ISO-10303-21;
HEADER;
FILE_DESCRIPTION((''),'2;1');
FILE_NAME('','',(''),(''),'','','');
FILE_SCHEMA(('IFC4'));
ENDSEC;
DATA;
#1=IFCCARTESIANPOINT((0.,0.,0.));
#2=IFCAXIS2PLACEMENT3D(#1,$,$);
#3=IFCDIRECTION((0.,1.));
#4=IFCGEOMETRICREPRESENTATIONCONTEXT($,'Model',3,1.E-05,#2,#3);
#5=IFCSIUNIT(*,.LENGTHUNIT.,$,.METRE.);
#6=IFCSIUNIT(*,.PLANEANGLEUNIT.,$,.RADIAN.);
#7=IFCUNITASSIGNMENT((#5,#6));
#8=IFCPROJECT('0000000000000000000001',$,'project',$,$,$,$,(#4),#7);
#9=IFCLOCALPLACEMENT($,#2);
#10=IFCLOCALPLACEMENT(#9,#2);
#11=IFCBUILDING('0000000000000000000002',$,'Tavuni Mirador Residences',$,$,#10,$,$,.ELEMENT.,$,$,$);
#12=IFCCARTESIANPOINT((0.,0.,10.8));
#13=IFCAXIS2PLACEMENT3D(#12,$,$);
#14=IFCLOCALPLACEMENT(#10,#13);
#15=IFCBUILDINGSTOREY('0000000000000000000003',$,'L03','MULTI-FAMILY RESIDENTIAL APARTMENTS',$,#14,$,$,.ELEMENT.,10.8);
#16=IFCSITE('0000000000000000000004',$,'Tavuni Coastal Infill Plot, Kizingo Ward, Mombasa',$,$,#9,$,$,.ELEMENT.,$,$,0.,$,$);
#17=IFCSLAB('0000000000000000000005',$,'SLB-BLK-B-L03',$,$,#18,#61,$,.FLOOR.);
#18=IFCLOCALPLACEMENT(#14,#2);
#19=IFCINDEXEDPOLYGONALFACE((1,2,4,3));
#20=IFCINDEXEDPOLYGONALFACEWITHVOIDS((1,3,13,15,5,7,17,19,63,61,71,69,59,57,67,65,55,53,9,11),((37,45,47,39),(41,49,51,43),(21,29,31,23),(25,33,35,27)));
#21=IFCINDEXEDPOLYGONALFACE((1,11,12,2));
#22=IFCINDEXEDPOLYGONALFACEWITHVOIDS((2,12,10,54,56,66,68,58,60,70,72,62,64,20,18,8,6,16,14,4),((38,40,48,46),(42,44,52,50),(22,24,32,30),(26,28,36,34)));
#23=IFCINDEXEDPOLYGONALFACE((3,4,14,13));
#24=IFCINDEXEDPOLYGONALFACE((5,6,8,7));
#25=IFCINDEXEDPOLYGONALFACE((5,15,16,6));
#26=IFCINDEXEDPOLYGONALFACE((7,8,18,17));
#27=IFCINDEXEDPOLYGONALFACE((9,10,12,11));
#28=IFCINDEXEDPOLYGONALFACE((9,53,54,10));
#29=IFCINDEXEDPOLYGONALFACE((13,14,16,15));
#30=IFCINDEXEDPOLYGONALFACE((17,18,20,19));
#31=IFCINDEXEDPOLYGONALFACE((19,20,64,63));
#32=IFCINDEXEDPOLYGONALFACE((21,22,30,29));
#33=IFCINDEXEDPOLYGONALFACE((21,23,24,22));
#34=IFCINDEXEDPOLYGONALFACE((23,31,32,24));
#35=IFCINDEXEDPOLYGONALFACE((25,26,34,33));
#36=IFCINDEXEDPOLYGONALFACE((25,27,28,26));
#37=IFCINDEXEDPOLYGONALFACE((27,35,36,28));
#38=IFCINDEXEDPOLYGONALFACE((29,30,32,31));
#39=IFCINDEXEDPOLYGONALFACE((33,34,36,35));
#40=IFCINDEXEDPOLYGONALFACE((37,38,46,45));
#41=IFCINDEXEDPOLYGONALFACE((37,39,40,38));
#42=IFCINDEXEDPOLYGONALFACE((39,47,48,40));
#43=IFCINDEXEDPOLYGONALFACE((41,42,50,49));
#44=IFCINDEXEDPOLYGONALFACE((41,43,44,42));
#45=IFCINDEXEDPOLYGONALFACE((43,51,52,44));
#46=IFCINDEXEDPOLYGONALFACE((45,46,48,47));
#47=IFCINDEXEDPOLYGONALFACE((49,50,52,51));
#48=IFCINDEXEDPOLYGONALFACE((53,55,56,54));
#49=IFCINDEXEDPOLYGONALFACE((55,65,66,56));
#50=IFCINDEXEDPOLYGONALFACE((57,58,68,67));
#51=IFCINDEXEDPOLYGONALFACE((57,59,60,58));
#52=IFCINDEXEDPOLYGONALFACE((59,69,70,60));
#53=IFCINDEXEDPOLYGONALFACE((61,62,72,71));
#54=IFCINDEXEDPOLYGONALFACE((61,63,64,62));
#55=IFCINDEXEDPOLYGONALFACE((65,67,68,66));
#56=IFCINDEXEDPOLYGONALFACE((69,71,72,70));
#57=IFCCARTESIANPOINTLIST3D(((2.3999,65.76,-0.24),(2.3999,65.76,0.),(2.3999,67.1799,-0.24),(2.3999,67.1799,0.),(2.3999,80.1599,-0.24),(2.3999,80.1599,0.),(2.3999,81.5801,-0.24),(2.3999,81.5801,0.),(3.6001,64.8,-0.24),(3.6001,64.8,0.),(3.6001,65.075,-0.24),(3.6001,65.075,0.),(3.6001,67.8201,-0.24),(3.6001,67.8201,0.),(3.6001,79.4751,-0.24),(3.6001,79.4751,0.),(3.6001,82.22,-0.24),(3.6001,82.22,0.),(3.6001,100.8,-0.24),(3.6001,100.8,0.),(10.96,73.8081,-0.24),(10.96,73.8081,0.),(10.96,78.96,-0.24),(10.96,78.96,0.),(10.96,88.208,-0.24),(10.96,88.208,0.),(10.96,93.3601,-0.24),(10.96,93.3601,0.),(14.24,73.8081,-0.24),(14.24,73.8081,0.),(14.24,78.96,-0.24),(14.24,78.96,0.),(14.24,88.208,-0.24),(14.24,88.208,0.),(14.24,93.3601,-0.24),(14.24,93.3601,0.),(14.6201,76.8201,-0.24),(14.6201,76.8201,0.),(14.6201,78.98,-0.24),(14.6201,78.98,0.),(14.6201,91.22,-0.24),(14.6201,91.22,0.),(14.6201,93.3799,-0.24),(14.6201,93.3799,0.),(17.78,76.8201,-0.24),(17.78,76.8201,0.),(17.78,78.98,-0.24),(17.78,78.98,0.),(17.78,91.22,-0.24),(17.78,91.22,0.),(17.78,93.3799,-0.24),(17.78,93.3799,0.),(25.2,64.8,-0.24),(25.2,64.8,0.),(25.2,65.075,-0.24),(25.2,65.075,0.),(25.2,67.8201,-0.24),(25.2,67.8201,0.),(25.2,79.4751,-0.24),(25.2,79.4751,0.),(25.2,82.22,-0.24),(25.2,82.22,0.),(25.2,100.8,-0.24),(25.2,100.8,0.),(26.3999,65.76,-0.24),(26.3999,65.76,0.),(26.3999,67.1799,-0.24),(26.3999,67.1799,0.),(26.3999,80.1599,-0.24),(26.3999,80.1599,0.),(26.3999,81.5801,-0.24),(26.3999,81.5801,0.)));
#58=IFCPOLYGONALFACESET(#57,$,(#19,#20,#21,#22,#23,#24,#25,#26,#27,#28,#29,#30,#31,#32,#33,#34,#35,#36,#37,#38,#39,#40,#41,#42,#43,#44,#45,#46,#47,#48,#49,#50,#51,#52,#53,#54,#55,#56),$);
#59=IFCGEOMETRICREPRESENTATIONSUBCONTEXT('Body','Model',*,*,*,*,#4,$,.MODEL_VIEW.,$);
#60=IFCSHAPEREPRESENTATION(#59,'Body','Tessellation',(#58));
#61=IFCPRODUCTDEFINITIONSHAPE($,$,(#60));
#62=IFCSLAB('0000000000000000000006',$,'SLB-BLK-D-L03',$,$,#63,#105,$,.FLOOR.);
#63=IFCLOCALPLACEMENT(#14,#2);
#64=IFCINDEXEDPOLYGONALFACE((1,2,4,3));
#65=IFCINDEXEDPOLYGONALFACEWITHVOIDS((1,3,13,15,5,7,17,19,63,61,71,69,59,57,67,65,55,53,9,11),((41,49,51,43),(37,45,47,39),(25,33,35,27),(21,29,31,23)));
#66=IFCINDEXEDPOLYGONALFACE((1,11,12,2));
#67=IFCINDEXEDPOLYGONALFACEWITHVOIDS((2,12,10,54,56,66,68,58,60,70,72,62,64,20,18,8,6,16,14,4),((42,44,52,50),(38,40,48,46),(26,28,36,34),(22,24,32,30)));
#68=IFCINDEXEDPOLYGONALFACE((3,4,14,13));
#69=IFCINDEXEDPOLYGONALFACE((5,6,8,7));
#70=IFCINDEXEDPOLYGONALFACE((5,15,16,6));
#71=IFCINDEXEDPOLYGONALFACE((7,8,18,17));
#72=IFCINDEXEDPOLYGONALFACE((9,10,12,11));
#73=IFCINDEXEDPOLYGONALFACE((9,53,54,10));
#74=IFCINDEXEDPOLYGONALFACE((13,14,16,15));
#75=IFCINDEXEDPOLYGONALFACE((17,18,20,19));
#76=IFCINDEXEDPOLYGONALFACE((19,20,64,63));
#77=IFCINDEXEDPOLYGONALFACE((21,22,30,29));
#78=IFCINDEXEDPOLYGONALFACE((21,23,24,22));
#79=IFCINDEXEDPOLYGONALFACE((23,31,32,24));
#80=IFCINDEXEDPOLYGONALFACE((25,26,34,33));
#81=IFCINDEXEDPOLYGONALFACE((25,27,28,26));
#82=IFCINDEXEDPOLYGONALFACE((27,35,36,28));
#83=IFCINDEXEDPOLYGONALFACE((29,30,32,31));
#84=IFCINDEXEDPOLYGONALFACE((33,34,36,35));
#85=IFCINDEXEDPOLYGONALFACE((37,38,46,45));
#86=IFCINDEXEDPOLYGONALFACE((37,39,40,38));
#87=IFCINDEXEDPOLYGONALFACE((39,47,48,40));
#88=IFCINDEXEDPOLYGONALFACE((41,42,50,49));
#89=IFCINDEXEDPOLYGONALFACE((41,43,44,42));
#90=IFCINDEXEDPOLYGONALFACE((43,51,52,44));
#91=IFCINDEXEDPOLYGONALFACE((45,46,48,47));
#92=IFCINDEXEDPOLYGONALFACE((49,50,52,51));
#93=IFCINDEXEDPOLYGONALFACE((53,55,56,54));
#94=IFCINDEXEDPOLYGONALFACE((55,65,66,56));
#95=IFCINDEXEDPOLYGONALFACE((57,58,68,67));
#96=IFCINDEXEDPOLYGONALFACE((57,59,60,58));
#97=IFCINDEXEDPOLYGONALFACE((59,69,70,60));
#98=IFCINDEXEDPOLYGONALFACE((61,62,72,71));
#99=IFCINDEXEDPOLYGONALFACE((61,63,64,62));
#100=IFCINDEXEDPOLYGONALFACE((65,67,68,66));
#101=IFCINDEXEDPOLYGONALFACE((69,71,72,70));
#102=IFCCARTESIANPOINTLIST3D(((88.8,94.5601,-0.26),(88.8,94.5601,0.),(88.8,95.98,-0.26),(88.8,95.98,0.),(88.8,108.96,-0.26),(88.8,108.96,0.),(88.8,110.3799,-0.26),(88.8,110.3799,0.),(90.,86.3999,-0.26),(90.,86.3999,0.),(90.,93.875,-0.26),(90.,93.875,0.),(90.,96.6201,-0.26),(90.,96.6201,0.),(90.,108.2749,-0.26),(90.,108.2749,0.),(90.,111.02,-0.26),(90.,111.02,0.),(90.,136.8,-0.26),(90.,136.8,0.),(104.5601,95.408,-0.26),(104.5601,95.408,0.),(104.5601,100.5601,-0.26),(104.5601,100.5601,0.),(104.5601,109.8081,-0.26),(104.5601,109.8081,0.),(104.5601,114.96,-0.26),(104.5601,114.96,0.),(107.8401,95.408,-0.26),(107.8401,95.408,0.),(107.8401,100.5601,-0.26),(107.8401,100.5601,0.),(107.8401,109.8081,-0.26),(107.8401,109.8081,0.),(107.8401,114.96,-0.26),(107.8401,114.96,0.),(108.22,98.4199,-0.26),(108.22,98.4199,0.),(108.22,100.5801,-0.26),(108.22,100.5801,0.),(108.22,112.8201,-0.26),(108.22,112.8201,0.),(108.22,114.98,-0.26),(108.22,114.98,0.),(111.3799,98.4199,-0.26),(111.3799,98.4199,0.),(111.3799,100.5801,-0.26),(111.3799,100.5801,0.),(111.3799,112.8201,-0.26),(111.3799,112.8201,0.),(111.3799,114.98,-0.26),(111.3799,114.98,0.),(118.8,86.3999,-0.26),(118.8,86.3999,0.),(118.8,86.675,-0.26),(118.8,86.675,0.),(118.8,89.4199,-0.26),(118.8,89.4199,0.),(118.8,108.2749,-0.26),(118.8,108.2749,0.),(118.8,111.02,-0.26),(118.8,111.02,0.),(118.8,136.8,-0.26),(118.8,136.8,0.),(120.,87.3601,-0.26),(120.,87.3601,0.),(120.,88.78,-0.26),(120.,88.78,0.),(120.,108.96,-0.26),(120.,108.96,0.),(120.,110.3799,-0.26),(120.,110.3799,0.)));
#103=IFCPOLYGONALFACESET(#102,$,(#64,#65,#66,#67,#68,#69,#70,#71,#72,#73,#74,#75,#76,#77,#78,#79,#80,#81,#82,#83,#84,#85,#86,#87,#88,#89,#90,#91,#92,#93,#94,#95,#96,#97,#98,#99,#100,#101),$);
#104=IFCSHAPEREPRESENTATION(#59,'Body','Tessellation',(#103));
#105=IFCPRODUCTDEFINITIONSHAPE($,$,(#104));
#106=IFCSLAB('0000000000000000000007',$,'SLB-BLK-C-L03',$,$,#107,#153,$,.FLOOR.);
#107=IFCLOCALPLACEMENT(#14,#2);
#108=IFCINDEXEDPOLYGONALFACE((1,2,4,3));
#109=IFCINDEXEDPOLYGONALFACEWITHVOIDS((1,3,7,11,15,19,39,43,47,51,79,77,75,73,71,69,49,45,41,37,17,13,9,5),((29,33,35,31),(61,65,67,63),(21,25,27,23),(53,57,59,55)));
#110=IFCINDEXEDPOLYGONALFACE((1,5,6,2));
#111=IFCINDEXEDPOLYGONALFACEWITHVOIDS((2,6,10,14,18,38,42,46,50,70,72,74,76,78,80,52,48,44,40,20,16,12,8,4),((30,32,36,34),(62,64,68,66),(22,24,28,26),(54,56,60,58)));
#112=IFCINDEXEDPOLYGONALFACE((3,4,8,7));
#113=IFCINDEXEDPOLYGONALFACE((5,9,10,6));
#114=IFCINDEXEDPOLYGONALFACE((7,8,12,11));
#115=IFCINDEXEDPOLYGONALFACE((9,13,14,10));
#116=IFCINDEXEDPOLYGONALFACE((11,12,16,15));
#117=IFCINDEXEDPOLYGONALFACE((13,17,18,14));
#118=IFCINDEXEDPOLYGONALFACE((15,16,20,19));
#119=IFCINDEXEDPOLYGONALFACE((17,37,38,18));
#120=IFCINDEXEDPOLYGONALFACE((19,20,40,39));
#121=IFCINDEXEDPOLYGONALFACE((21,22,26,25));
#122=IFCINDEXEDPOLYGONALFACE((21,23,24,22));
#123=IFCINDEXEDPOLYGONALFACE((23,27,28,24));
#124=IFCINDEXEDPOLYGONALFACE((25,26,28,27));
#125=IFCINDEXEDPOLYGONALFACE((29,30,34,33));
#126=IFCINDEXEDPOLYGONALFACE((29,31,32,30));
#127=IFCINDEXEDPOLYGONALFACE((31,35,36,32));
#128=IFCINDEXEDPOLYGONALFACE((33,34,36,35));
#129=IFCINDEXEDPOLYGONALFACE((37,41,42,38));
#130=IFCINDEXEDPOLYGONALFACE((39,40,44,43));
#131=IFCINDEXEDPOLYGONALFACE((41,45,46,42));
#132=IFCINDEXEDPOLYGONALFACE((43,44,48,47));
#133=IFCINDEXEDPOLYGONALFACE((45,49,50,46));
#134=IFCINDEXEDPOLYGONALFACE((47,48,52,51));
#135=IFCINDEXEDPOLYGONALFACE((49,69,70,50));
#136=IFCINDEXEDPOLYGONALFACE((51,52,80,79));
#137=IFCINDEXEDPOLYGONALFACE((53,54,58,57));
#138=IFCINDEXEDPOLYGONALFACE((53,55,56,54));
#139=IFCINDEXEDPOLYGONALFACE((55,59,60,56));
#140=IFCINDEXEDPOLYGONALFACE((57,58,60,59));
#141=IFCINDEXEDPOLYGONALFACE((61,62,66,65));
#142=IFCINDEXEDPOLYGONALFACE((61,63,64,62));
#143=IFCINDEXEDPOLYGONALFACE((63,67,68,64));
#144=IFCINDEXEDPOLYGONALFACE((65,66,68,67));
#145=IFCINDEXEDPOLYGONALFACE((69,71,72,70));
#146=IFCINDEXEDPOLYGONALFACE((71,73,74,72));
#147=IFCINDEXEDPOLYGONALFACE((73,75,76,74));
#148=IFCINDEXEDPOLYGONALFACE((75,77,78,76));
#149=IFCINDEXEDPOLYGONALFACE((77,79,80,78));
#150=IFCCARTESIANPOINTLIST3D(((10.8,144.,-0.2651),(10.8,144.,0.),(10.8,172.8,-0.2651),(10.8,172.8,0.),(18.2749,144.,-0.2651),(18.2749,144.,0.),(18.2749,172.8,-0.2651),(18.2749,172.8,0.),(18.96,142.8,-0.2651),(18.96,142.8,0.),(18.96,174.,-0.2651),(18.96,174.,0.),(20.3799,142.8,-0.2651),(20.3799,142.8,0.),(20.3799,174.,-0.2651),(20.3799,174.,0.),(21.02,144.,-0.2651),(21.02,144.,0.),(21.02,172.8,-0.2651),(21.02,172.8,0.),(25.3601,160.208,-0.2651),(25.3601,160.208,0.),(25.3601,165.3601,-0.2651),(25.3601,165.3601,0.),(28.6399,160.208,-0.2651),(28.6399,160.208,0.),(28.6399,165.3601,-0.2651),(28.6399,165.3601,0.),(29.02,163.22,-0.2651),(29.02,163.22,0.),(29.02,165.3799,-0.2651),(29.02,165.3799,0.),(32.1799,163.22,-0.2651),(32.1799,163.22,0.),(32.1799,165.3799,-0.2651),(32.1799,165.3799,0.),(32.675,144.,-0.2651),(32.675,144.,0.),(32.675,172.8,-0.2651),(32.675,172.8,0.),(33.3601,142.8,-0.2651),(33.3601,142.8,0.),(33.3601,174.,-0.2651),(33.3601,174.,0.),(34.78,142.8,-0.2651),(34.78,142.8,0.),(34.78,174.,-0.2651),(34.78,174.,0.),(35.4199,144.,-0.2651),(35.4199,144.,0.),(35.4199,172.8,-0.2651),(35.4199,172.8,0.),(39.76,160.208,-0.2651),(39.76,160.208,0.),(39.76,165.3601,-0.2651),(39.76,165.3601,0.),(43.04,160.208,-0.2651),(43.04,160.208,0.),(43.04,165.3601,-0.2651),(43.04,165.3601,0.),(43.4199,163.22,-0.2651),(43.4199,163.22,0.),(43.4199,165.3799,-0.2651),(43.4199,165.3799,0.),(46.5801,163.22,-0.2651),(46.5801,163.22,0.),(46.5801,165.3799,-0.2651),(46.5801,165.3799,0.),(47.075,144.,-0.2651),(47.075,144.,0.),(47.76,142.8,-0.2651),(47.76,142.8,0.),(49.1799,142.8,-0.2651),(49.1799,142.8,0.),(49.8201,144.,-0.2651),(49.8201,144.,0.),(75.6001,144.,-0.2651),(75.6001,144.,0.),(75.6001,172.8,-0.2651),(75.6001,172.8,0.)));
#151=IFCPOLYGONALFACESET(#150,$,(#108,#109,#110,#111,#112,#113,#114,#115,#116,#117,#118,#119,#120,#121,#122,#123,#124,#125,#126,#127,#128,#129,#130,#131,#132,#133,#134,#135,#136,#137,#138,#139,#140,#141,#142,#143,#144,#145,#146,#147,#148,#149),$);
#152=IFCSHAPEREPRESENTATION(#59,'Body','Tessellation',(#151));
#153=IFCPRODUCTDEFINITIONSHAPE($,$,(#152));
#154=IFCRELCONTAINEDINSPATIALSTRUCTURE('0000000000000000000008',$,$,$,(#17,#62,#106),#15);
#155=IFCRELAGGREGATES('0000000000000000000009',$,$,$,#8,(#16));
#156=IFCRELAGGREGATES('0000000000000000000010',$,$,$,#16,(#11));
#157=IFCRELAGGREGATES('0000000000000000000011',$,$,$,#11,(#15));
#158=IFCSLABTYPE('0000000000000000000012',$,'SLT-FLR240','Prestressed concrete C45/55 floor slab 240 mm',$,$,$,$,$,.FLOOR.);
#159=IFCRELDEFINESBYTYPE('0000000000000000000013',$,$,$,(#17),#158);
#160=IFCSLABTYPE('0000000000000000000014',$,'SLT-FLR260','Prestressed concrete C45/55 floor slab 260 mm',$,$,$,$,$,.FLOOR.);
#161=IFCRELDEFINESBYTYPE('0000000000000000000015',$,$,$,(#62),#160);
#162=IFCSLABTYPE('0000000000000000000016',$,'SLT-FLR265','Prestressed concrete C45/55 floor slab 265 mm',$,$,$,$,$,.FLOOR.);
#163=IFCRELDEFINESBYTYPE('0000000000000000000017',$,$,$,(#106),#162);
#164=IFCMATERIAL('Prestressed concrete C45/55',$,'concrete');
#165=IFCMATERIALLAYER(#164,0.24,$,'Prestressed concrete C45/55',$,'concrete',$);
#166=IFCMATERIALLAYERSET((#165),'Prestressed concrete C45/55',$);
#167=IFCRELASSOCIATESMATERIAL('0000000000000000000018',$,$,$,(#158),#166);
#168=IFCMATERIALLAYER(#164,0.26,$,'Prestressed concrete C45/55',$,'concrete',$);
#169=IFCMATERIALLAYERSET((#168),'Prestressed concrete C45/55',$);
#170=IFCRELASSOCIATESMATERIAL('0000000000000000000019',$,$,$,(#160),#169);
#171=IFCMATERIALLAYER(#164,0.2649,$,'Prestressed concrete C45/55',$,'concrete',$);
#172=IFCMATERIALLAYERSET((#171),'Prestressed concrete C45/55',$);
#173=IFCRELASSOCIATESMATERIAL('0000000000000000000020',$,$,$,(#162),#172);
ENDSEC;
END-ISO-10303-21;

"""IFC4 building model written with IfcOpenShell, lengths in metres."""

from ifc_helpers import new_model, si_unit, direction, frame, origin, place, context, subcontext, project, spatial, polyline, outline, extrude, material, layer, layer_set, type_object, element, save


model = new_model("IFC4")

# Units and contexts
model_context = context("Model", 3, precision=1e-05, world=origin(), true_north=direction((0.0, 1.0)))
body_context = subcontext(model_context, "Body", "Model", "MODEL_VIEW")
ifc_project = project(units=[si_unit("LENGTHUNIT", "METRE"), si_unit("PLANEANGLEUNIT", "RADIAN")], contexts=[model_context])

# Site, building, storey
site_placement = place(None, origin())
site = spatial("IfcSite", under=ifc_project, at=site_placement, Name="Tavuni Coastal Infill Plot, Kizingo Ward, Mombasa", CompositionType="ELEMENT", RefElevation=0.0)
building_placement = place(site_placement, origin())
building = spatial("IfcBuilding", under=site, at=building_placement, Name="Tavuni Mirador Residences", CompositionType="ELEMENT")
storey_placement = place(building_placement, frame((0.0, 0.0, 10.8)))
storey = spatial("IfcBuildingStorey", under=building, at=storey_placement, Name="L03", Description="MULTI-FAMILY RESIDENTIAL APARTMENTS", CompositionType="ELEMENT", Elevation=10.8)

# Slabs
ifc_material_1 = material(Name="Prestressed concrete C45/55", Category="concrete")
ifc_layer_1 = layer(ifc_material_1, 0.24, Name="Prestressed concrete C45/55", Category="concrete")
ifc_layer_set_1 = layer_set([ifc_layer_1], Name="Prestressed concrete C45/55")
slab_type_1 = type_object("IfcSlabType", Name="SLT-FLR240", Description="Prestressed concrete C45/55 floor slab 240 mm", PredefinedType="FLOOR", material=ifc_layer_set_1)
slab_1_placement = place(storey_placement, frame((0.0, 0.0, -0.24)))
element("IfcSlab", 1, at=slab_1_placement, inside=storey, type_object=slab_type_1, Name="SLB-BLK-B-L03", PredefinedType="FLOOR", context=body_context, shape_type="SweptSolid", body=[
    extrude(outline(polyline([(3.6001, 64.8), (25.2, 64.8), (25.2, 65.075), (26.3999, 65.76), (26.3999, 67.1799), (25.2, 67.8201), (25.2, 79.4751), (26.3999, 80.1599), (26.3999, 81.5801), (25.2, 82.22), (25.2, 100.8), (3.6001, 100.8), (3.6001, 82.22), (2.3999, 81.5801), (2.3999, 80.1599), (3.6001, 79.4751), (3.6001, 67.8201), (2.3999, 67.1799), (2.3999, 65.76), (3.6001, 65.075), (3.6001, 64.8)]), holes=[polyline([(10.96, 73.8081), (14.24, 73.8081), (14.24, 78.96), (10.96, 78.96), (10.96, 73.8081)]), polyline([(14.6201, 76.8201), (17.78, 76.8201), (17.78, 78.98), (14.6201, 78.98), (14.6201, 76.8201)]), polyline([(10.96, 88.208), (14.24, 88.208), (14.24, 93.3601), (10.96, 93.3601), (10.96, 88.208)]), polyline([(14.6201, 91.22), (17.78, 91.22), (17.78, 93.3799), (14.6201, 93.3799), (14.6201, 91.22)])]), origin(), (0.0, 0.0, 1.0), 0.24),
])
ifc_layer_2 = layer(ifc_material_1, 0.26, Name="Prestressed concrete C45/55", Category="concrete")
ifc_layer_set_2 = layer_set([ifc_layer_2], Name="Prestressed concrete C45/55")
slab_type_2 = type_object("IfcSlabType", Name="SLT-FLR260", Description="Prestressed concrete C45/55 floor slab 260 mm", PredefinedType="FLOOR", material=ifc_layer_set_2)
slab_2_placement = place(storey_placement, frame((0.0, 0.0, -0.26)))
element("IfcSlab", 2, at=slab_2_placement, inside=storey, type_object=slab_type_2, Name="SLB-BLK-D-L03", PredefinedType="FLOOR", context=body_context, shape_type="SweptSolid", body=[
    extrude(outline(polyline([(90.0, 86.3999), (118.8, 86.3999), (118.8, 86.675), (120.0, 87.3601), (120.0, 88.78), (118.8, 89.4199), (118.8, 108.2749), (120.0, 108.96), (120.0, 110.3799), (118.8, 111.02), (118.8, 136.8), (90.0, 136.8), (90.0, 111.02), (88.8, 110.3799), (88.8, 108.96), (90.0, 108.2749), (90.0, 96.6201), (88.8, 95.98), (88.8, 94.5601), (90.0, 93.875), (90.0, 86.3999)]), holes=[polyline([(104.5601, 95.408), (107.8401, 95.408), (107.8401, 100.5601), (104.5601, 100.5601), (104.5601, 95.408)]), polyline([(108.22, 98.4199), (111.3799, 98.4199), (111.3799, 100.5801), (108.22, 100.5801), (108.22, 98.4199)]), polyline([(104.5601, 109.8081), (107.8401, 109.8081), (107.8401, 114.96), (104.5601, 114.96), (104.5601, 109.8081)]), polyline([(108.22, 112.8201), (111.3799, 112.8201), (111.3799, 114.98), (108.22, 114.98), (108.22, 112.8201)])]), origin(), (0.0, 0.0, 1.0), 0.26),
])
ifc_layer_3 = layer(ifc_material_1, 0.2649, Name="Prestressed concrete C45/55", Category="concrete")
ifc_layer_set_3 = layer_set([ifc_layer_3], Name="Prestressed concrete C45/55")
slab_type_3 = type_object("IfcSlabType", Name="SLT-FLR265", Description="Prestressed concrete C45/55 floor slab 265 mm", PredefinedType="FLOOR", material=ifc_layer_set_3)
slab_3_placement = place(storey_placement, frame((0.0, 0.0, -0.2651)))
element("IfcSlab", 3, at=slab_3_placement, inside=storey, type_object=slab_type_3, Name="SLB-BLK-C-L03", PredefinedType="FLOOR", context=body_context, shape_type="SweptSolid", body=[
    extrude(outline(polyline([(10.8, 144.0), (18.2749, 144.0), (18.96, 142.8), (20.3799, 142.8), (21.02, 144.0), (32.675, 144.0), (33.3601, 142.8), (34.78, 142.8), (35.4199, 144.0), (47.075, 144.0), (47.76, 142.8), (49.1799, 142.8), (49.8201, 144.0), (75.6001, 144.0), (75.6001, 172.8), (35.4199, 172.8), (34.78, 174.0), (33.3601, 174.0), (32.675, 172.8), (21.02, 172.8), (20.3799, 174.0), (18.96, 174.0), (18.2749, 172.8), (10.8, 172.8), (10.8, 144.0)]), holes=[polyline([(25.3601, 160.208), (28.6399, 160.208), (28.6399, 165.3601), (25.3601, 165.3601), (25.3601, 160.208)]), polyline([(29.02, 163.22), (32.1799, 163.22), (32.1799, 165.3799), (29.02, 165.3799), (29.02, 163.22)]), polyline([(39.76, 160.208), (43.04, 160.208), (43.04, 165.3601), (39.76, 165.3601), (39.76, 160.208)]), polyline([(43.4199, 163.22), (46.5801, 163.22), (46.5801, 165.3799), (43.4199, 165.3799), (43.4199, 163.22)])]), origin(), (0.0, 0.0, 1.0), 0.2651),
])

save(model, "model.ifc")
